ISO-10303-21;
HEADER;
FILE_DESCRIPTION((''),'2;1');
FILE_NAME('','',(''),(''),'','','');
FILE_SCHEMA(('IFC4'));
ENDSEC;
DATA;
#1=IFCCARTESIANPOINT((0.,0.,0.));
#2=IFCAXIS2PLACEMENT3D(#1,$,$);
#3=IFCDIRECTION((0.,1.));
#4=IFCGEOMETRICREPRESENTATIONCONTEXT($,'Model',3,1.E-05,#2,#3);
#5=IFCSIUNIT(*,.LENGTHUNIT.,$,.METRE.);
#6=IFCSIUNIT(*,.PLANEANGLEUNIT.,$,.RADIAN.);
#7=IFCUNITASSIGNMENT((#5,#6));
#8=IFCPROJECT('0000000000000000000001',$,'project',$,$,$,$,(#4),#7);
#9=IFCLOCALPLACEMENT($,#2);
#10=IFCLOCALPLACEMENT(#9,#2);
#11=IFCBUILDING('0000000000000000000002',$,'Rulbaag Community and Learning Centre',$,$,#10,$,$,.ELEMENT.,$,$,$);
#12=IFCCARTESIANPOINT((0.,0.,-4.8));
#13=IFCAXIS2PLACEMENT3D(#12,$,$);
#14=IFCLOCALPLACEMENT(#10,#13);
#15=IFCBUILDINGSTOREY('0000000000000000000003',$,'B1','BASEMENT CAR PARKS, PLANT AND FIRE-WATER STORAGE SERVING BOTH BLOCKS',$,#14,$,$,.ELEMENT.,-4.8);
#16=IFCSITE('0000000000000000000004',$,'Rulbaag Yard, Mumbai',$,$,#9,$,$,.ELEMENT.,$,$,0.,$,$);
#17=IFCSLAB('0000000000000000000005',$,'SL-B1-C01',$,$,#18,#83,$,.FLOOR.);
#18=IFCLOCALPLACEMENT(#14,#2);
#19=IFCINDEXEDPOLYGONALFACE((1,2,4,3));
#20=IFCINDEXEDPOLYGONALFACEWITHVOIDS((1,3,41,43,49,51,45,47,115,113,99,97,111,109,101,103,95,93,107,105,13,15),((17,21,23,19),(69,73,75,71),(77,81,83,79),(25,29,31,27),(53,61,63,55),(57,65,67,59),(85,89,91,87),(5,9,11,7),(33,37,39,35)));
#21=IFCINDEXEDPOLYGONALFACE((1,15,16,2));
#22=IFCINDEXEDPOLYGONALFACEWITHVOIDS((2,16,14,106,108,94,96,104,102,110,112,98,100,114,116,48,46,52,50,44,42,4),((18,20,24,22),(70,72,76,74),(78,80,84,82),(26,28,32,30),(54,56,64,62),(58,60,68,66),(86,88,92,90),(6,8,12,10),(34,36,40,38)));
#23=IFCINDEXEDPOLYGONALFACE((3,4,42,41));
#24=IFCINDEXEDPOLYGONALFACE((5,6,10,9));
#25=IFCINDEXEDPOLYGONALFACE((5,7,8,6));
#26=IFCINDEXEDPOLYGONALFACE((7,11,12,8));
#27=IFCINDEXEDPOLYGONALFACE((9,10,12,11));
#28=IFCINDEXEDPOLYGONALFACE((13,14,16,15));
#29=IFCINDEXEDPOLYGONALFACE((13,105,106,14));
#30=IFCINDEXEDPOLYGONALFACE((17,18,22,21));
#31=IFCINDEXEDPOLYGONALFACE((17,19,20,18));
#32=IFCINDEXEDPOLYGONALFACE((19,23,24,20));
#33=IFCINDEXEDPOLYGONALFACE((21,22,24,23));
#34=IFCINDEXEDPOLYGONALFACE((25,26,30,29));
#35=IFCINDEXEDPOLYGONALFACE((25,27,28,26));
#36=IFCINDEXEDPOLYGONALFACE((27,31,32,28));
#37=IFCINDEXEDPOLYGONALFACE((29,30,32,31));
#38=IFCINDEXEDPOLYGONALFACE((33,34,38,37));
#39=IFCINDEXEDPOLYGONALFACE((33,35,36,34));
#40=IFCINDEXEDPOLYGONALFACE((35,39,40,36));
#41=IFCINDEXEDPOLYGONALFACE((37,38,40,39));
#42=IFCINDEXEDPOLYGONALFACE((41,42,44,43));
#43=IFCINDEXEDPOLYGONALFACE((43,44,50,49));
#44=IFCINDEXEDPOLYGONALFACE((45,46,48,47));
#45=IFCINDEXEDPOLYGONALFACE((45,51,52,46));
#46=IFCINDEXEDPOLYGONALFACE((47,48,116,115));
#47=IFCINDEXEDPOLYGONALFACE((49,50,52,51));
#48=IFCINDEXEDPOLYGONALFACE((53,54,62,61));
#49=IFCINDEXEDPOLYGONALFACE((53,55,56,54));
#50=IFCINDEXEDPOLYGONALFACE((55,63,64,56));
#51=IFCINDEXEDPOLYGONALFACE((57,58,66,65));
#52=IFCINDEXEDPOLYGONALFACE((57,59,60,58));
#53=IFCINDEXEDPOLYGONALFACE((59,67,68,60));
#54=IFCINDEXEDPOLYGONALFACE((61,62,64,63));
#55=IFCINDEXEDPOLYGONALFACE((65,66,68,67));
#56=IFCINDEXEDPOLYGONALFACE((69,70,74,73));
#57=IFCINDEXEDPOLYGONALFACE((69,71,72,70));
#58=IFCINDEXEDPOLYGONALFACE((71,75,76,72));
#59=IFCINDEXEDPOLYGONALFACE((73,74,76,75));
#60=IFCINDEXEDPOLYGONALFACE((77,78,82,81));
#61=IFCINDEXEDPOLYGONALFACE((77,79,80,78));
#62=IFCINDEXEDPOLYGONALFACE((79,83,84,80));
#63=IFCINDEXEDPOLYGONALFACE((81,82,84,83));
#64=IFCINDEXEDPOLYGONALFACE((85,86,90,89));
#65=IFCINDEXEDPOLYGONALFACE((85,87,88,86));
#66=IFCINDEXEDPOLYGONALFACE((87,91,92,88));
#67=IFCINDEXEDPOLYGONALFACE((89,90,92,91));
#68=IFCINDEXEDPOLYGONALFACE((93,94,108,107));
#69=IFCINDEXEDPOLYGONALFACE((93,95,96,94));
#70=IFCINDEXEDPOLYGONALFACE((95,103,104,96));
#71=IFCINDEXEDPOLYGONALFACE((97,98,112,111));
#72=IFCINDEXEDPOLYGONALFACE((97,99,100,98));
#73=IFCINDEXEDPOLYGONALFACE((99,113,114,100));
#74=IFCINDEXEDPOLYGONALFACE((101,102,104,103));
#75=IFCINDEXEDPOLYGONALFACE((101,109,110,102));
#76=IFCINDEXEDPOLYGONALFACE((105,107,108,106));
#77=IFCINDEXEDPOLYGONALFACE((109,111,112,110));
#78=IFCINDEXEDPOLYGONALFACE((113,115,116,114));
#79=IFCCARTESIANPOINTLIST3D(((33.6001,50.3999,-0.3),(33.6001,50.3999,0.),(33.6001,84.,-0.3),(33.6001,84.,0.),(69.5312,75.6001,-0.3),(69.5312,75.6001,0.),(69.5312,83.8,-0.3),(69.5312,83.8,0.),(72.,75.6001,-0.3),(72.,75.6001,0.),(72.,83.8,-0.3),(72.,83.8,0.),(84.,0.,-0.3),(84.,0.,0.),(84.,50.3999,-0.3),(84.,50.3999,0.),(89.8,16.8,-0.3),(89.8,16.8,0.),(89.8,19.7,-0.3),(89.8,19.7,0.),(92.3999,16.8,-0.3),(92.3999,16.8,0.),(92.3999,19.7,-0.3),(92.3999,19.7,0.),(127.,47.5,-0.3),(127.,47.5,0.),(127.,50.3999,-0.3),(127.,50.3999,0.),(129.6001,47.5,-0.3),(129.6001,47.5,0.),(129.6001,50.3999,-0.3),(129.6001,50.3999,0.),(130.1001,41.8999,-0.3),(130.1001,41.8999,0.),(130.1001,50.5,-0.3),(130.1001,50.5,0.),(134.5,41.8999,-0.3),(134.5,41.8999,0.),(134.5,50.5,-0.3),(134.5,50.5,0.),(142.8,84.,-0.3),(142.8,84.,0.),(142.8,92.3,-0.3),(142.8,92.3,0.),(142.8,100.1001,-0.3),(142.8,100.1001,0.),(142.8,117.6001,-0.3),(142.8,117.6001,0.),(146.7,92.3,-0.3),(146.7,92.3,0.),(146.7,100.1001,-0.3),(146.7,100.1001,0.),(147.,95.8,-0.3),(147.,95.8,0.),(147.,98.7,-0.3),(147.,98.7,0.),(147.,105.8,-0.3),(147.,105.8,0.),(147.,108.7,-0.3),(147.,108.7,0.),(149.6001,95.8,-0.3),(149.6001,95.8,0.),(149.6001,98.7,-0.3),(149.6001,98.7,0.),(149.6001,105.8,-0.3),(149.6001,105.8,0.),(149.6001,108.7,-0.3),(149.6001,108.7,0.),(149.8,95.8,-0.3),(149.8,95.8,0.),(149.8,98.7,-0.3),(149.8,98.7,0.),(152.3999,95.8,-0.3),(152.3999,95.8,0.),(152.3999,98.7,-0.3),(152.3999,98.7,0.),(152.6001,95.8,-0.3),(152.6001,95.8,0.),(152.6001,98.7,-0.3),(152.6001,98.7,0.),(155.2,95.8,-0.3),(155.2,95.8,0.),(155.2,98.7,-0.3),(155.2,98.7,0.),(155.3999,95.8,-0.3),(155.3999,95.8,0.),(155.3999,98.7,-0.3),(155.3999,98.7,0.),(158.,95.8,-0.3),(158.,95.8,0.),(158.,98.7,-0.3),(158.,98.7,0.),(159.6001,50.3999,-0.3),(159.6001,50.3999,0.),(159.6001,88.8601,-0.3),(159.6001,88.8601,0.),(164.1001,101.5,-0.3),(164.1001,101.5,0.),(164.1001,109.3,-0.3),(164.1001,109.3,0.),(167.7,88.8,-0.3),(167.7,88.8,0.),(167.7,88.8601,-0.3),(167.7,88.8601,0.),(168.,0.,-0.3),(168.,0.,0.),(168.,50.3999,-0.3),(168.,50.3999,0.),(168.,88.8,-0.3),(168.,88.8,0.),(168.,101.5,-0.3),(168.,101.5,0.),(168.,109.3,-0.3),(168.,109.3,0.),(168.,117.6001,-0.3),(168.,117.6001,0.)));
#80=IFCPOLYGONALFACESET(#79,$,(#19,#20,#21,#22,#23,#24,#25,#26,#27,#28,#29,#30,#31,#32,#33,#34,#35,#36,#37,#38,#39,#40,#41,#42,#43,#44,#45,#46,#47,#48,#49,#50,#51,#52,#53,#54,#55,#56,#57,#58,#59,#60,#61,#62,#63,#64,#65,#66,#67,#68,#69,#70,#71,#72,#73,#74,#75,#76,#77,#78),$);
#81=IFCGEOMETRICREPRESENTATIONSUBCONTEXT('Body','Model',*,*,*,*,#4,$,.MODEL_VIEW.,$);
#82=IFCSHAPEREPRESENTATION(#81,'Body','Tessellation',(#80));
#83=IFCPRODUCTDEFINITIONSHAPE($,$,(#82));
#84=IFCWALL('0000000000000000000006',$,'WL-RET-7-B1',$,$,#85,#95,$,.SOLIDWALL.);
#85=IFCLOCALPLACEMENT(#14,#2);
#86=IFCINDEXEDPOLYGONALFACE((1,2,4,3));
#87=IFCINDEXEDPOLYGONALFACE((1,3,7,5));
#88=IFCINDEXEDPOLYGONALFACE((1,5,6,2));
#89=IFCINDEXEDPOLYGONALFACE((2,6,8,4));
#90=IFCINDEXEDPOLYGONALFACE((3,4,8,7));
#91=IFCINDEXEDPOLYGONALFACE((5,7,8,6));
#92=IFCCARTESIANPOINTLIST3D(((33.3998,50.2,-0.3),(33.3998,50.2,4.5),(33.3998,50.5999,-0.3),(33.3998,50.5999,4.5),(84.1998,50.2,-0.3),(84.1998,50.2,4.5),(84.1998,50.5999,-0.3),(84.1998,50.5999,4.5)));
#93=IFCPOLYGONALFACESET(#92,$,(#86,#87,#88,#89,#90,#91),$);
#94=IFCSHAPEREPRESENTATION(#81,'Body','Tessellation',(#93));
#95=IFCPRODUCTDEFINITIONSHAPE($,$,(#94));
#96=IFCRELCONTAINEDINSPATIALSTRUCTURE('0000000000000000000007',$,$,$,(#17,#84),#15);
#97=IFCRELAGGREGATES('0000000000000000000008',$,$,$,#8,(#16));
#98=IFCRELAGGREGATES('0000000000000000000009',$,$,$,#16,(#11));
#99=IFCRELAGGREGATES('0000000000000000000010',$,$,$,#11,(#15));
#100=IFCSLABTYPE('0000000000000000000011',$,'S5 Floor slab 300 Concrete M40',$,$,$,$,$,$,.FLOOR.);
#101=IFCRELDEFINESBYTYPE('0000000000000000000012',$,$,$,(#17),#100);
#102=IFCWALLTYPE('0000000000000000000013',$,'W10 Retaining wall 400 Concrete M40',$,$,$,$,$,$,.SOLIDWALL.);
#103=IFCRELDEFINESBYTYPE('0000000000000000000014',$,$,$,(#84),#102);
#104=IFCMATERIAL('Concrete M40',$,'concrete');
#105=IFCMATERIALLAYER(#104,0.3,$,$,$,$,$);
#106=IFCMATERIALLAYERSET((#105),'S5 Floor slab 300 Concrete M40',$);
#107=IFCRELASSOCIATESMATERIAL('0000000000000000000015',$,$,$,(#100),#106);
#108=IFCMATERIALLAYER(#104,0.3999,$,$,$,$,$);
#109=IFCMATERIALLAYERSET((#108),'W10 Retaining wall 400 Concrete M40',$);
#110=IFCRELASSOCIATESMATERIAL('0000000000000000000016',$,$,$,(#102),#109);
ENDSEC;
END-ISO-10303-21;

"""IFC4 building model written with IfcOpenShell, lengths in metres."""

from ifc_helpers import new_model, si_unit, direction, frame, frame_2d, origin, place, context, subcontext, project, spatial, polyline, rectangle, outline, extrude, material, layer, layer_set, type_object, element, save


model = new_model("IFC4")

# Units and contexts
model_context = context("Model", 3, precision=1e-05, world=origin(), true_north=direction((0.0, 1.0)))
body_context = subcontext(model_context, "Body", "Model", "MODEL_VIEW")
ifc_project = project(units=[si_unit("LENGTHUNIT", "METRE"), si_unit("PLANEANGLEUNIT", "RADIAN")], contexts=[model_context])

# Site, building, storey
site_placement = place(None, origin())
site = spatial("IfcSite", under=ifc_project, at=site_placement, Name="Rulbaag Yard, Mumbai", CompositionType="ELEMENT", RefElevation=0.0)
building_placement = place(site_placement, origin())
building = spatial("IfcBuilding", under=site, at=building_placement, Name="Rulbaag Community and Learning Centre", CompositionType="ELEMENT")
storey_placement = place(building_placement, frame((0.0, 0.0, -4.8)))
storey = spatial("IfcBuildingStorey", under=building, at=storey_placement, Name="B1", Description="BASEMENT CAR PARKS, PLANT AND FIRE-WATER STORAGE SERVING BOTH BLOCKS", CompositionType="ELEMENT", Elevation=-4.8)

# Shared definitions
ifc_material_1 = material(Name="Concrete M40", Category="concrete")

# Slab
ifc_layer_1 = layer(ifc_material_1, 0.3)
ifc_layer_set_1 = layer_set([ifc_layer_1], Name="S5 Floor slab 300 Concrete M40")
slab_type_1 = type_object("IfcSlabType", Name="S5 Floor slab 300 Concrete M40", PredefinedType="FLOOR", material=ifc_layer_set_1)
slab_1_placement = place(storey_placement, frame((0.0, 0.0, -0.3)))
element("IfcSlab", 1, at=slab_1_placement, inside=storey, type_object=slab_type_1, Name="SL-B1-C01", PredefinedType="FLOOR", context=body_context, shape_type="SweptSolid", body=[
    extrude(outline(polyline([(168.0, 0.0), (84.0, 0.0), (84.0, 50.3999), (33.6001, 50.3999), (33.6001, 84.0), (142.8, 84.0), (142.8, 92.3), (146.7, 92.3), (146.7, 100.1001), (142.8, 100.1001), (142.8, 117.6001), (168.0, 117.6001), (168.0, 109.3), (164.1001, 109.3), (164.1001, 101.5), (168.0, 101.5), (168.0, 88.8), (167.7, 88.8), (167.7, 88.8601), (159.6001, 88.8601), (159.6001, 50.3999), (168.0, 50.3999), (168.0, 0.0)]), holes=[polyline([(89.8, 19.7), (89.8, 16.8), (92.3999, 16.8), (92.3999, 19.7), (89.8, 19.7)]), polyline([(134.5, 50.5), (130.1001, 50.5), (130.1001, 41.8999), (134.5, 41.8999), (134.5, 50.5)]), polyline([(129.6001, 50.3999), (127.0, 50.3999), (127.0, 47.5), (129.6001, 47.5), (129.6001, 50.3999)]), polyline([(69.5312, 83.8), (69.5312, 75.6001), (72.0, 75.6001), (72.0, 83.8), (69.5312, 83.8)]), polyline([(149.6001, 98.7), (147.0, 98.7), (147.0, 95.8), (149.6001, 95.8), (149.6001, 98.7)]), polyline([(147.0, 108.7), (147.0, 105.8), (149.6001, 105.8), (149.6001, 108.7), (147.0, 108.7)]), polyline([(152.3999, 98.7), (149.8, 98.7), (149.8, 95.8), (152.3999, 95.8), (152.3999, 98.7)]), polyline([(155.2, 98.7), (152.6001, 98.7), (152.6001, 95.8), (155.2, 95.8), (155.2, 98.7)]), polyline([(158.0, 98.7), (155.3999, 98.7), (155.3999, 95.8), (158.0, 95.8), (158.0, 98.7)])]), origin(), (0.0, 0.0, 1.0), 0.3),
])

# Wall
ifc_layer_2 = layer(ifc_material_1, 0.3999)
ifc_layer_set_2 = layer_set([ifc_layer_2], Name="W10 Retaining wall 400 Concrete M40")
wall_type = type_object("IfcWallType", Name="W10 Retaining wall 400 Concrete M40", PredefinedType="SOLIDWALL", material=ifc_layer_set_2)
wall_placement = place(storey_placement, frame((33.3999, 50.3999, -0.3), z_axis=(0.0, 0.0, 1.0), x_axis=(1.0, 0.0, 0.0)))
element("IfcWall", 2, at=wall_placement, inside=storey, type_object=wall_type, Name="WL-RET-7-B1", PredefinedType="SOLIDWALL", context=body_context, shape_type="SweptSolid", body=[
    extrude(rectangle(XDim=50.8, YDim=0.3999, at=frame_2d((25.3999, 0.0))), origin(), (0.0, 0.0, 1.0), 4.8),
])

save(model, "model.ifc")
